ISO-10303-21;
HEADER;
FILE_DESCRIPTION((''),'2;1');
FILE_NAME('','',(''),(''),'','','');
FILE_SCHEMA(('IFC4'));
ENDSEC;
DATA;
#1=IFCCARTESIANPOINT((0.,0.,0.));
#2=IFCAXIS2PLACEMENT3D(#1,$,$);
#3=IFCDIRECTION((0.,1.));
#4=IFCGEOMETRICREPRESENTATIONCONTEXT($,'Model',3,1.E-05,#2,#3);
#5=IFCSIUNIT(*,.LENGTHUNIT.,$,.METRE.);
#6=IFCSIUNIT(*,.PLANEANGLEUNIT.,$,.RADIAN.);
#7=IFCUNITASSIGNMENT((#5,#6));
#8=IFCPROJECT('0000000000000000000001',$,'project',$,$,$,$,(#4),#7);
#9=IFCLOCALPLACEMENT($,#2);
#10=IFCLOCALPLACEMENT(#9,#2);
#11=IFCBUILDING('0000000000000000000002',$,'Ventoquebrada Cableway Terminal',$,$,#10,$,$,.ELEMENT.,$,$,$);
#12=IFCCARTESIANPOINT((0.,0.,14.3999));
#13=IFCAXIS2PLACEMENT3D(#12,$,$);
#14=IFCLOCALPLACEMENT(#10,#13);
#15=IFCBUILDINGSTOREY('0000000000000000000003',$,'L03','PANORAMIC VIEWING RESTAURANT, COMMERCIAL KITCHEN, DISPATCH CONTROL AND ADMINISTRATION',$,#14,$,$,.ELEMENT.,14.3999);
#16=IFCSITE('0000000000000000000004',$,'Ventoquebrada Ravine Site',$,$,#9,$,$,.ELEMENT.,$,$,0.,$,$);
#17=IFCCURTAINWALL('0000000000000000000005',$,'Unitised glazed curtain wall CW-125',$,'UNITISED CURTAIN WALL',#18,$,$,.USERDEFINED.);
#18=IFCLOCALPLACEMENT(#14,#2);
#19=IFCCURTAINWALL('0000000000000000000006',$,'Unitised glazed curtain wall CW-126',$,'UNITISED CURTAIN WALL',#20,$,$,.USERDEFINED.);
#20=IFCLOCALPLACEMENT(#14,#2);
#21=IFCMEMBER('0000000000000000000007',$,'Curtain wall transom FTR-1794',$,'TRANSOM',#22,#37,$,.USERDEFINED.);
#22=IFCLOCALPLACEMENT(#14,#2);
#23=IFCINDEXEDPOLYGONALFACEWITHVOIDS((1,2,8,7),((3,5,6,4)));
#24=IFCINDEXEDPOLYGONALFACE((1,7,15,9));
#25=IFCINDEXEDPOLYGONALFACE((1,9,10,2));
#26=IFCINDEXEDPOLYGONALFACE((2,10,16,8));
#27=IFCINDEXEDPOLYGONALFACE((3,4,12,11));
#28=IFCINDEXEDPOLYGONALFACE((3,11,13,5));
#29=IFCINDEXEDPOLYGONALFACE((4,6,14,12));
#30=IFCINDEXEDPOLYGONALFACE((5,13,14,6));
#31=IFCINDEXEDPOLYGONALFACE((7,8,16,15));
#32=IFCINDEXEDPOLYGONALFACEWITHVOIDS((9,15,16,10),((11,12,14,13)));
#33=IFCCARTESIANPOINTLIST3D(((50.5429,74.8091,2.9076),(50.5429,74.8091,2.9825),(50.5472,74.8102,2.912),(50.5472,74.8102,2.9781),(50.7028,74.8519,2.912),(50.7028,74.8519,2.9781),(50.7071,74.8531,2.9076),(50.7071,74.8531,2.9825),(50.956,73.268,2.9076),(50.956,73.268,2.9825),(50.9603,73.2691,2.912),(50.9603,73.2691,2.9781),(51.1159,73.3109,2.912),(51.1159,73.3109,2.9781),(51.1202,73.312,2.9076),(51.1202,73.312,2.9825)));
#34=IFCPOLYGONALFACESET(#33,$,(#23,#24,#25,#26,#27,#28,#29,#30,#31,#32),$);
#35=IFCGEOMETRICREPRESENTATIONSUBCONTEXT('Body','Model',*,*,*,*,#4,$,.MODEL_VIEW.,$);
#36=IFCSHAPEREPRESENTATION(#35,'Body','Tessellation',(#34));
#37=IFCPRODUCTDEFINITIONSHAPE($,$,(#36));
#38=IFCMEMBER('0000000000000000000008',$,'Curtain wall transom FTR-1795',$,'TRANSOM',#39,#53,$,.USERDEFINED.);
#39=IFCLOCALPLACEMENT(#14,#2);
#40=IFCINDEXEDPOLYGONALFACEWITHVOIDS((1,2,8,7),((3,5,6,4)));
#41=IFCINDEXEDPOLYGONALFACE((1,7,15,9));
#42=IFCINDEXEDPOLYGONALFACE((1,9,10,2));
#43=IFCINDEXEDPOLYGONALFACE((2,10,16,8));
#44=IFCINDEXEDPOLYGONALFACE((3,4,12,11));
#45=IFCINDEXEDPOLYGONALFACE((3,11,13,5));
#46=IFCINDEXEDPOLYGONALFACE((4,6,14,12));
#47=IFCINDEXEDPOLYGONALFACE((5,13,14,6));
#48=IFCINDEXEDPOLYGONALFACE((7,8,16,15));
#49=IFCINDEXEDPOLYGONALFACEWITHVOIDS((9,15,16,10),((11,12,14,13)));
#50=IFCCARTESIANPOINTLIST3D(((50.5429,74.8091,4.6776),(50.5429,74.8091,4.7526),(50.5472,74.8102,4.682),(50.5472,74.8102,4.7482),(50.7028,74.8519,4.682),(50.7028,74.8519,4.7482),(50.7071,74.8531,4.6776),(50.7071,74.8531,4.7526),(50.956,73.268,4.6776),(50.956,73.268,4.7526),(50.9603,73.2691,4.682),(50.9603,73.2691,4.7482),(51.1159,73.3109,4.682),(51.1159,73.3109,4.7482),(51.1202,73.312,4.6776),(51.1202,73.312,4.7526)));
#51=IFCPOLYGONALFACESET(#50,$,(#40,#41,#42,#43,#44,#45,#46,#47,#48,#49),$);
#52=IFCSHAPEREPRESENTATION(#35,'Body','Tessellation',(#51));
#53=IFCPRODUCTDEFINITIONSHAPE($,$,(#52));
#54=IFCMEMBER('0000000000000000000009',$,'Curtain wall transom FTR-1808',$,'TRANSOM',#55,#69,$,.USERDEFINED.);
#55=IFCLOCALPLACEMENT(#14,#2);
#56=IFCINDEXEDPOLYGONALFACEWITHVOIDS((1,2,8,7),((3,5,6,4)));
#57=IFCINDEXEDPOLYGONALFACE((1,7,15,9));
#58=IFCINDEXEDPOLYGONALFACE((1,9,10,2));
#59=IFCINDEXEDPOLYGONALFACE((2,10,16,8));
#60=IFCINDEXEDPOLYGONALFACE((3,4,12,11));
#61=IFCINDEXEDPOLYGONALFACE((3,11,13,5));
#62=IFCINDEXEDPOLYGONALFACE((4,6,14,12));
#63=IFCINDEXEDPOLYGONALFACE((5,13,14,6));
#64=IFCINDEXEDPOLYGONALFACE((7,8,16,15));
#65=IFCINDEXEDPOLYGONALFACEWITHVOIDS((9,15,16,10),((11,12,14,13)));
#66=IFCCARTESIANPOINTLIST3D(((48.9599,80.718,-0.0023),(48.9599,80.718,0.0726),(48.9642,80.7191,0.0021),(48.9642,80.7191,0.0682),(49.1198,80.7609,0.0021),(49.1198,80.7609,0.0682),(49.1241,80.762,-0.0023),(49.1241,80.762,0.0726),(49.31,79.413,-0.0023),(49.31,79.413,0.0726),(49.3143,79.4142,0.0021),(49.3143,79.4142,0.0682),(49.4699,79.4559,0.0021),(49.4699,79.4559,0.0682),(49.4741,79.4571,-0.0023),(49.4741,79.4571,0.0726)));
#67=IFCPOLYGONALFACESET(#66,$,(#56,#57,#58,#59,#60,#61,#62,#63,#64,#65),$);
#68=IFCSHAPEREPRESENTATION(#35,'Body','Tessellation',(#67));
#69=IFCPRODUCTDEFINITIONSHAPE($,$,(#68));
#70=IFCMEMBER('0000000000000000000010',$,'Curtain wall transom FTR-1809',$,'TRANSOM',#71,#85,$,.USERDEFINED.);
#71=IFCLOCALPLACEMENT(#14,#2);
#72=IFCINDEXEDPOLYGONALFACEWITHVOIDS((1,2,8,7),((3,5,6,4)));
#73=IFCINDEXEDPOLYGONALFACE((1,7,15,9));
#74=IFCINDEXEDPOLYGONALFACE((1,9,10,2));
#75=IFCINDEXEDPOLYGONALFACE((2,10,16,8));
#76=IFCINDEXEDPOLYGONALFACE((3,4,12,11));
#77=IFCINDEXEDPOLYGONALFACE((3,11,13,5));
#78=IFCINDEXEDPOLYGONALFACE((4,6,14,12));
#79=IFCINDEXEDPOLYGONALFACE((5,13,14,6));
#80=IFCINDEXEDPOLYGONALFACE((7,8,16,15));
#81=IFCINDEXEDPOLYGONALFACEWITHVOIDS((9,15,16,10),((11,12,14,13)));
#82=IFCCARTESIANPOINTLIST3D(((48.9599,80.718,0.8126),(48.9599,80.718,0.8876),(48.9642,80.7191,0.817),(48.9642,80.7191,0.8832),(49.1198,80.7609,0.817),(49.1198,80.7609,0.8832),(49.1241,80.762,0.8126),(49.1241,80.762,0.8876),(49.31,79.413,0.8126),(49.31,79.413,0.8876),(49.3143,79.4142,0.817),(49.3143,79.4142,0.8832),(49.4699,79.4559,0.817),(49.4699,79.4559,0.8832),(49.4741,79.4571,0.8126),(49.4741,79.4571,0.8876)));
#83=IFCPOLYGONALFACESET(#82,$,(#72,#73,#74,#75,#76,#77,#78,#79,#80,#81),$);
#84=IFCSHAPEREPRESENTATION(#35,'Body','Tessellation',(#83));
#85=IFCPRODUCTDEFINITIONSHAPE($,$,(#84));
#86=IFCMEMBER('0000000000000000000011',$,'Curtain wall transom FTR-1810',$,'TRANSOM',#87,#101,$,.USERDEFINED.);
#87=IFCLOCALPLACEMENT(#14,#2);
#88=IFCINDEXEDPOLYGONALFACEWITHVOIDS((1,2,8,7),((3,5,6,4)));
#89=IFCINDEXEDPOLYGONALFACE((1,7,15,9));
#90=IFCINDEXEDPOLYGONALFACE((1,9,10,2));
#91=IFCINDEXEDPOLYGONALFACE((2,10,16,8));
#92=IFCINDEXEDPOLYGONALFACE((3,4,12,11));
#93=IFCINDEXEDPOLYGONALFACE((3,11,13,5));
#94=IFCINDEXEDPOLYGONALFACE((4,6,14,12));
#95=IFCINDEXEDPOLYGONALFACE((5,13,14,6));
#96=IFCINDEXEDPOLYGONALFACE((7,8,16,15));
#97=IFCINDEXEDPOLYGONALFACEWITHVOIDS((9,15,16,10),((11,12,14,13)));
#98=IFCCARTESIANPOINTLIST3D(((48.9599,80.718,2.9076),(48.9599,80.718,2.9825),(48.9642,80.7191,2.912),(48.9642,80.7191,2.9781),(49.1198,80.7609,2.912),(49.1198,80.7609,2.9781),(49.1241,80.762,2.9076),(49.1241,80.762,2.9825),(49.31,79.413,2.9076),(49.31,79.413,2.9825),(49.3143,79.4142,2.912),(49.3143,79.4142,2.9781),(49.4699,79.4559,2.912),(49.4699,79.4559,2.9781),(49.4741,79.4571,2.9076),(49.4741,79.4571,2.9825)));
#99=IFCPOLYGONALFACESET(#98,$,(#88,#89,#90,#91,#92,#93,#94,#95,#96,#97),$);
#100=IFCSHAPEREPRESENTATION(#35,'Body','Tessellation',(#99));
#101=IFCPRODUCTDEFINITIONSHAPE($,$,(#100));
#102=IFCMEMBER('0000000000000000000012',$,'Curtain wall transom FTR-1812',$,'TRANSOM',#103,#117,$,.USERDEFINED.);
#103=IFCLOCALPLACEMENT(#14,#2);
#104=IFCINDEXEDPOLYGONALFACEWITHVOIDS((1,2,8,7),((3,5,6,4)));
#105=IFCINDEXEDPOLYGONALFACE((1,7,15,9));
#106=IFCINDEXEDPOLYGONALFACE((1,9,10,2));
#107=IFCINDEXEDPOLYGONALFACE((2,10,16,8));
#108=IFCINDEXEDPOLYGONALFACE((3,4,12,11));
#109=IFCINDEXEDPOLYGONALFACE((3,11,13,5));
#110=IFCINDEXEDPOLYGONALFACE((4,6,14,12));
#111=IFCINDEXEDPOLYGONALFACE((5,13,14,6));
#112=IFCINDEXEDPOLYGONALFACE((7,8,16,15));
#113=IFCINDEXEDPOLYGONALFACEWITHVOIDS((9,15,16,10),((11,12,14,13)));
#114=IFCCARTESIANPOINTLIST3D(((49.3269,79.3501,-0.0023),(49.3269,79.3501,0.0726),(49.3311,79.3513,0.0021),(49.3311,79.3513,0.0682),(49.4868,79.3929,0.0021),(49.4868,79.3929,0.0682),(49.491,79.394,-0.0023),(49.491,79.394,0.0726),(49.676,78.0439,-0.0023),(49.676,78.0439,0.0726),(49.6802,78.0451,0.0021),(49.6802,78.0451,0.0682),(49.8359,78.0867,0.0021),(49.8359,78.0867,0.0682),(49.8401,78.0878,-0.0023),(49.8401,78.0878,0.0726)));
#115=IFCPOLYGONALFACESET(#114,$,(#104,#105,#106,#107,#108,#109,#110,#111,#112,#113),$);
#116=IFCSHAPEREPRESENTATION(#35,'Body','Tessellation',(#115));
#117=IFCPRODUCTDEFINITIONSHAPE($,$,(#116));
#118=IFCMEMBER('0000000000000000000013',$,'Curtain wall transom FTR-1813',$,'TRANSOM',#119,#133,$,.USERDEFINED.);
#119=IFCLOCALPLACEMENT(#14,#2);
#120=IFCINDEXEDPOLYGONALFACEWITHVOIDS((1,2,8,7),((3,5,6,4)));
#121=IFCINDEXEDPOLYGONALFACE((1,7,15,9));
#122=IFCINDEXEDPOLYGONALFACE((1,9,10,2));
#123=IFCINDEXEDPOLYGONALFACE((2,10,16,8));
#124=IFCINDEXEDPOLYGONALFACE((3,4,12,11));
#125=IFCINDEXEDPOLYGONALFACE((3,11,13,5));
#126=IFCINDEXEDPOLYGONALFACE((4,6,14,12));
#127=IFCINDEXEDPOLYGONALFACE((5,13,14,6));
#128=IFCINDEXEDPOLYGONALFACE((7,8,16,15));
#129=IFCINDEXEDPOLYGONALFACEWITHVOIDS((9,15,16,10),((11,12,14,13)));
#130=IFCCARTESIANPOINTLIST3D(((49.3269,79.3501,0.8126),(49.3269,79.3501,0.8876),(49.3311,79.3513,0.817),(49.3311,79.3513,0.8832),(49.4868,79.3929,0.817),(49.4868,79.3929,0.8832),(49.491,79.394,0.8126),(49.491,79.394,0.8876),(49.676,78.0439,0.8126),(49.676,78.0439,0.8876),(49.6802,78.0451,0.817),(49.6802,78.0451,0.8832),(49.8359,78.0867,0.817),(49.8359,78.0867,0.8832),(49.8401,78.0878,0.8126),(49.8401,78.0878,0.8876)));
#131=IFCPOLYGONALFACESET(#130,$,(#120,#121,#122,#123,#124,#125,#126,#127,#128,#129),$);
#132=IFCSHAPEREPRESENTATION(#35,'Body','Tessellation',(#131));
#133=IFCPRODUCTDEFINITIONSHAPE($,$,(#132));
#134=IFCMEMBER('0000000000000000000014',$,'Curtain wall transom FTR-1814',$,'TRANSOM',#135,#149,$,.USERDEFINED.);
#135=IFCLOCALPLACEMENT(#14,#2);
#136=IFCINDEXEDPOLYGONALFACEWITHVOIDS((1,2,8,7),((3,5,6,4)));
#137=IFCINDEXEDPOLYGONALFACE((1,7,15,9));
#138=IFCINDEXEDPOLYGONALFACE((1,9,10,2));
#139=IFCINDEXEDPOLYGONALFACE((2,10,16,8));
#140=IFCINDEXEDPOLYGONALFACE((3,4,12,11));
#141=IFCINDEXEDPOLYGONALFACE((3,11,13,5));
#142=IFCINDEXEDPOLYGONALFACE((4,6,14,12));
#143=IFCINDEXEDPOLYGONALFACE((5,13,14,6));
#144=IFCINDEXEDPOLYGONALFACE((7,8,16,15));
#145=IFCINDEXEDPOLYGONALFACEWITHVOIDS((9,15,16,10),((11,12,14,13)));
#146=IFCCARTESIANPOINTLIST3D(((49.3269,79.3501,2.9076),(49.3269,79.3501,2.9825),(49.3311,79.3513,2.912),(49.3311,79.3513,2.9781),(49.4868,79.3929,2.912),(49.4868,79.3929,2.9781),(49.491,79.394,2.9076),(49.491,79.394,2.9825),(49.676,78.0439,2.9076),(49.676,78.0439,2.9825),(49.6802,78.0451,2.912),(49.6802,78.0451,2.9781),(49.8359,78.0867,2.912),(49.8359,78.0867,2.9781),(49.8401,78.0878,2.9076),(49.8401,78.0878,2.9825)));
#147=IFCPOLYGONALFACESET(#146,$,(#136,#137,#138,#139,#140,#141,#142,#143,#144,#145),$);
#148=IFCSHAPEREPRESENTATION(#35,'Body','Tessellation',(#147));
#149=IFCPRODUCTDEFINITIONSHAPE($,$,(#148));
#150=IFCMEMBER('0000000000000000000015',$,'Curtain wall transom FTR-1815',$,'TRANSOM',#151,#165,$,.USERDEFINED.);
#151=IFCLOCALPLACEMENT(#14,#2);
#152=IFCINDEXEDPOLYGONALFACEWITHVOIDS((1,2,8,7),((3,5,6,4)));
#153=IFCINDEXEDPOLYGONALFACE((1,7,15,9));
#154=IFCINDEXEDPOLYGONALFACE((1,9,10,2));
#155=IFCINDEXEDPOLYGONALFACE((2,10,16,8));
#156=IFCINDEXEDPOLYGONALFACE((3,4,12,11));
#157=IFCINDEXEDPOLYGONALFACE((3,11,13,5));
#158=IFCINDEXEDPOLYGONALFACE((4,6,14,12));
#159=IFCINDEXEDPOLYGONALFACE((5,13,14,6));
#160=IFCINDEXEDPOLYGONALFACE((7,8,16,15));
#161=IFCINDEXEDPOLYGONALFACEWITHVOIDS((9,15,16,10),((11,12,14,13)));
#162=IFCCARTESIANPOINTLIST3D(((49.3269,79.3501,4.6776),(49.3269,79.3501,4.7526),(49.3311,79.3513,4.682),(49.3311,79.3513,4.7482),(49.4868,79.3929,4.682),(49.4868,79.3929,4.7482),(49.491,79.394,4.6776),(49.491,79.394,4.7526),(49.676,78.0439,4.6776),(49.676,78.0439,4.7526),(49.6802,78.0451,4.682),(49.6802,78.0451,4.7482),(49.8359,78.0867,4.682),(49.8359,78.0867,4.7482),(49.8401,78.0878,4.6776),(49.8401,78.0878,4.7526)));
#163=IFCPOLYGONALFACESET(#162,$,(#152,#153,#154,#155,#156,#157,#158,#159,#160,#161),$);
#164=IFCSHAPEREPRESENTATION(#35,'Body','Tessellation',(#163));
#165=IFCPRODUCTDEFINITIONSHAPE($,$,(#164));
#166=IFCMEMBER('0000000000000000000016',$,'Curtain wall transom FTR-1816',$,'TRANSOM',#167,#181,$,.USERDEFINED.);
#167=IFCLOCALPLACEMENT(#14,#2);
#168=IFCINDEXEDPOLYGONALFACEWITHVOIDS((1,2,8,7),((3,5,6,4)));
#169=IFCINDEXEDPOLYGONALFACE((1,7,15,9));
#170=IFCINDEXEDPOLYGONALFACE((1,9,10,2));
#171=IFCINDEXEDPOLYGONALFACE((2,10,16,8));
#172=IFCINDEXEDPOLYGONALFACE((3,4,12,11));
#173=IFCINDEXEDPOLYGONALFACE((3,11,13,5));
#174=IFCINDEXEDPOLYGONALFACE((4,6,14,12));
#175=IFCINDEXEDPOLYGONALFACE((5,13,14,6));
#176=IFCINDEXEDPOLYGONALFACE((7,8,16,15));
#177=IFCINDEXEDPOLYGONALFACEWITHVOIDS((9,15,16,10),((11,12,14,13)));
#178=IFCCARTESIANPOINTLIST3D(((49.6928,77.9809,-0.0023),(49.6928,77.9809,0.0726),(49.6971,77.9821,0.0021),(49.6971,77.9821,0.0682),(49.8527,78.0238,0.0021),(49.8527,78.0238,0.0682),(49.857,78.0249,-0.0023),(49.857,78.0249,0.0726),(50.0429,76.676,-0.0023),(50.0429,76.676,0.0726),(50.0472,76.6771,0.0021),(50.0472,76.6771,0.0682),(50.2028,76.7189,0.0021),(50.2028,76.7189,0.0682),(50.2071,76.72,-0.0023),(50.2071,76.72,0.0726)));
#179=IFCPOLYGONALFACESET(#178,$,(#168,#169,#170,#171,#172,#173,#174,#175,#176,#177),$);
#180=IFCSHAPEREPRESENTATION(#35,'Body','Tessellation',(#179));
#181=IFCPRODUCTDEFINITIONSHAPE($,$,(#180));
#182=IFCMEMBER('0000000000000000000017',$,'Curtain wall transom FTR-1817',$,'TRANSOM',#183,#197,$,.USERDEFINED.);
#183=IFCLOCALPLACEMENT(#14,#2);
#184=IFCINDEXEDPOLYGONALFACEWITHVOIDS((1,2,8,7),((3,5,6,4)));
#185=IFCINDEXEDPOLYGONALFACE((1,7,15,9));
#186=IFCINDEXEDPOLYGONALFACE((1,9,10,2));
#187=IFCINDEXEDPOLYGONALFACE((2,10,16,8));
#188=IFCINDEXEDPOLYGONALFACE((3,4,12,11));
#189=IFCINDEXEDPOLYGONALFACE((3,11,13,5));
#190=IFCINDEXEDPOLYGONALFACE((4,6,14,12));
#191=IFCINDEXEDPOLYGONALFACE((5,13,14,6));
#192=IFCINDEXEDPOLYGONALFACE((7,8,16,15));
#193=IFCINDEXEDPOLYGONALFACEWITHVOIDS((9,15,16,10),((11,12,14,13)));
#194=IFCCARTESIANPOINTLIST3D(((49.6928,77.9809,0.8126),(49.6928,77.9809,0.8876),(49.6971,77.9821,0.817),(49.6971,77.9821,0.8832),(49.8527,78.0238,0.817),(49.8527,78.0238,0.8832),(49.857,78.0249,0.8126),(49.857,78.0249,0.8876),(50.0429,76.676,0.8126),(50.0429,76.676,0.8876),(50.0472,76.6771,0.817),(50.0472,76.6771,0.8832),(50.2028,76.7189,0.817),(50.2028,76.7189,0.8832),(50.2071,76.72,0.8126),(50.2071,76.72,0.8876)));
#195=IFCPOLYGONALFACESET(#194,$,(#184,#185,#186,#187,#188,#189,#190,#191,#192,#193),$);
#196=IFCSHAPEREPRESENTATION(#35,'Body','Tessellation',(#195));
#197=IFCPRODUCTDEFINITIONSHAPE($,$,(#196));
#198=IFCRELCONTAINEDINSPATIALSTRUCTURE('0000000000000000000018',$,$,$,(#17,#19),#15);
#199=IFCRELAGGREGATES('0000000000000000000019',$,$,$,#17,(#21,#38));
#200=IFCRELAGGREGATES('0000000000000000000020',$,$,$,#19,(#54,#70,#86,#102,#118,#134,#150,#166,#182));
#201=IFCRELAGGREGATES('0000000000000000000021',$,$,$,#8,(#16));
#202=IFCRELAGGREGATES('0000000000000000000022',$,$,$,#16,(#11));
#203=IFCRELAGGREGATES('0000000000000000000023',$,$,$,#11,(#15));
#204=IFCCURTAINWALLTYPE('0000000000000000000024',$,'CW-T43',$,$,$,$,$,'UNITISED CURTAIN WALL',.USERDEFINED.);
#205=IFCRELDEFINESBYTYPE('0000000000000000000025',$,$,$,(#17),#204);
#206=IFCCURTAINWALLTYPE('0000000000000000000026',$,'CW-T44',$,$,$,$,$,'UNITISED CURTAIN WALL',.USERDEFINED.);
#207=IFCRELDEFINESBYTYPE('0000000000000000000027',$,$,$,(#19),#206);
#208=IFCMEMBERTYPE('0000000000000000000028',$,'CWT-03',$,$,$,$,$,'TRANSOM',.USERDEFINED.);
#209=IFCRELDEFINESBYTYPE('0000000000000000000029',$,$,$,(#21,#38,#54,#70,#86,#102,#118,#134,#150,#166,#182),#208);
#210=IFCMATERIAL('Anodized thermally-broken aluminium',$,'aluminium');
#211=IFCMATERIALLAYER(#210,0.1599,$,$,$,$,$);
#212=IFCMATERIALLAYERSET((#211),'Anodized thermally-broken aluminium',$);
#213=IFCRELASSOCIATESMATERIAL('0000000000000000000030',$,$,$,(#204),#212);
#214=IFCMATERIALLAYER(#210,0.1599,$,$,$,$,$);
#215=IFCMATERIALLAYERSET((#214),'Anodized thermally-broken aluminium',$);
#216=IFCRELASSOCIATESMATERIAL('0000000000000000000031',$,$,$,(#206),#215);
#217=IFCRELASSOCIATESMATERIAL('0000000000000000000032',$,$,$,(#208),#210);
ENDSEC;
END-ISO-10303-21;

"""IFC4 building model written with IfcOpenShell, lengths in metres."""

from ifc_helpers import new_model, si_unit, direction, frame, origin, origin_2d, place, context, subcontext, project, spatial, hollow_rectangle, extrude, material, layer, layer_set, material_profile, profile_set, type_object, element, aggregate, save


model = new_model("IFC4")

# Units and contexts
model_context = context("Model", 3, precision=1e-05, world=origin(), true_north=direction((0.0, 1.0)))
body_context = subcontext(model_context, "Body", "Model", "MODEL_VIEW")
ifc_project = project(units=[si_unit("LENGTHUNIT", "METRE"), si_unit("PLANEANGLEUNIT", "RADIAN")], contexts=[model_context])

# Site, building, storey
site_placement = place(None, origin())
site = spatial("IfcSite", under=ifc_project, at=site_placement, Name="Ventoquebrada Ravine Site", CompositionType="ELEMENT", RefElevation=0.0)
building_placement = place(site_placement, origin())
building = spatial("IfcBuilding", under=site, at=building_placement, Name="Ventoquebrada Cableway Terminal", CompositionType="ELEMENT")
storey_placement = place(building_placement, frame((0.0, 0.0, 14.3999)))
storey = spatial("IfcBuildingStorey", under=building, at=storey_placement, Name="L03", Description="PANORAMIC VIEWING RESTAURANT, COMMERCIAL KITCHEN, DISPATCH CONTROL AND ADMINISTRATION", CompositionType="ELEMENT", Elevation=14.3999)

# Curtain wall
ifc_material_1 = material(Name="Anodized thermally-broken aluminium", Category="aluminium")
ifc_layer_1 = layer(ifc_material_1, 0.1599)
ifc_layer_set_1 = layer_set([ifc_layer_1], Name="Anodized thermally-broken aluminium")
curtain_wall_type_1 = type_object("IfcCurtainWallType", Name="CW-T43", ElementType="UNITISED CURTAIN WALL", PredefinedType="USERDEFINED", material=ifc_layer_set_1)
curtain_wall_1_placement = place(storey_placement, origin())
curtain_wall_1 = element("IfcCurtainWall", 1, at=curtain_wall_1_placement, inside=storey, type_object=curtain_wall_type_1, Name="Unitised glazed curtain wall CW-125", ObjectType="UNITISED CURTAIN WALL", PredefinedType="USERDEFINED")

# Curtain wall
ifc_layer_2 = layer(ifc_material_1, 0.1599)
ifc_layer_set_2 = layer_set([ifc_layer_2], Name="Anodized thermally-broken aluminium")
curtain_wall_type_2 = type_object("IfcCurtainWallType", Name="CW-T44", ElementType="UNITISED CURTAIN WALL", PredefinedType="USERDEFINED", material=ifc_layer_set_2)
curtain_wall_2_placement = place(storey_placement, origin())
curtain_wall_2 = element("IfcCurtainWall", 2, at=curtain_wall_2_placement, inside=storey, type_object=curtain_wall_type_2, Name="Unitised glazed curtain wall CW-126", ObjectType="UNITISED CURTAIN WALL", PredefinedType="USERDEFINED")

# Members
ifc_material_profile_1 = material_profile(ifc_material_1, hollow_rectangle(XDim=0.075, YDim=0.1699, WallThickness=0.0044, at=origin_2d()), Name="CW-TRN-75X170")
ifc_profile_set_1 = profile_set([ifc_material_profile_1], Name="Anodized thermally-broken aluminium")
member_type_1 = type_object("IfcMemberType", Name="CWT-03", ElementType="TRANSOM", PredefinedType="USERDEFINED", material=ifc_profile_set_1)
member_1_placement = place(storey_placement, frame((50.625, 74.8311, 2.9451), z_axis=(0.25892, -0.965899, 0.0), x_axis=(0.0, 0.0, 1.0)))
member_1 = element("IfcMember", 3, at=member_1_placement, type_object=member_type_1, Name="Curtain wall transom FTR-1794", ObjectType="TRANSOM", PredefinedType="USERDEFINED", context=body_context, shape_type="SweptSolid", body=[
    extrude(hollow_rectangle(XDim=0.075, YDim=0.1699, WallThickness=0.0044, at=origin_2d()), origin(), (0.0, 0.0, 1.0), 1.5955),
])
member_2_placement = place(storey_placement, frame((50.625, 74.8311, 4.7151), z_axis=(0.25892, -0.965899, 0.0), x_axis=(0.0, 0.0, 1.0)))
member_2 = element("IfcMember", 4, at=member_2_placement, type_object=member_type_1, Name="Curtain wall transom FTR-1795", ObjectType="TRANSOM", PredefinedType="USERDEFINED", context=body_context, shape_type="SweptSolid", body=[
    extrude(hollow_rectangle(XDim=0.075, YDim=0.1699, WallThickness=0.0044, at=origin_2d()), origin(), (0.0, 0.0, 1.0), 1.5955),
])
member_3_placement = place(storey_placement, frame((49.042, 80.74, 0.0352), z_axis=(0.259124, -0.965844, 0.0), x_axis=(0.0, 0.0, 1.0)))
member_3 = element("IfcMember", 5, at=member_3_placement, type_object=member_type_1, Name="Curtain wall transom FTR-1808", ObjectType="TRANSOM", PredefinedType="USERDEFINED", context=body_context, shape_type="SweptSolid", body=[
    extrude(hollow_rectangle(XDim=0.075, YDim=0.1699, WallThickness=0.0044, at=origin_2d()), origin(), (0.0, 0.0, 1.0), 1.3511),
])
member_4_placement = place(storey_placement, frame((49.042, 80.74, 0.8501), z_axis=(0.259124, -0.965844, 0.0), x_axis=(0.0, 0.0, 1.0)))
member_4 = element("IfcMember", 6, at=member_4_placement, type_object=member_type_1, Name="Curtain wall transom FTR-1809", ObjectType="TRANSOM", PredefinedType="USERDEFINED", context=body_context, shape_type="SweptSolid", body=[
    extrude(hollow_rectangle(XDim=0.075, YDim=0.1699, WallThickness=0.0044, at=origin_2d()), origin(), (0.0, 0.0, 1.0), 1.3511),
])
member_5_placement = place(storey_placement, frame((49.042, 80.74, 2.9451), z_axis=(0.259124, -0.965844, 0.0), x_axis=(0.0, 0.0, 1.0)))
member_5 = element("IfcMember", 7, at=member_5_placement, type_object=member_type_1, Name="Curtain wall transom FTR-1810", ObjectType="TRANSOM", PredefinedType="USERDEFINED", context=body_context, shape_type="SweptSolid", body=[
    extrude(hollow_rectangle(XDim=0.075, YDim=0.1699, WallThickness=0.0044, at=origin_2d()), origin(), (0.0, 0.0, 1.0), 1.3511),
])
member_6_placement = place(storey_placement, frame((49.4089, 79.3721, 0.0352), z_axis=(0.258225, -0.966085, 0.0), x_axis=(0.0, 0.0, 1.0)))
member_6 = element("IfcMember", 8, at=member_6_placement, type_object=member_type_1, Name="Curtain wall transom FTR-1812", ObjectType="TRANSOM", PredefinedType="USERDEFINED", context=body_context, shape_type="SweptSolid", body=[
    extrude(hollow_rectangle(XDim=0.075, YDim=0.1699, WallThickness=0.0044, at=origin_2d()), origin(), (0.0, 0.0, 1.0), 1.3521),
])
member_7_placement = place(storey_placement, frame((49.4089, 79.3721, 0.8501), z_axis=(0.258225, -0.966085, 0.0), x_axis=(0.0, 0.0, 1.0)))
member_7 = element("IfcMember", 9, at=member_7_placement, type_object=member_type_1, Name="Curtain wall transom FTR-1813", ObjectType="TRANSOM", PredefinedType="USERDEFINED", context=body_context, shape_type="SweptSolid", body=[
    extrude(hollow_rectangle(XDim=0.075, YDim=0.1699, WallThickness=0.0044, at=origin_2d()), origin(), (0.0, 0.0, 1.0), 1.3521),
])
member_8_placement = place(storey_placement, frame((49.4089, 79.3721, 2.9451), z_axis=(0.258225, -0.966085, 0.0), x_axis=(0.0, 0.0, 1.0)))
member_8 = element("IfcMember", 10, at=member_8_placement, type_object=member_type_1, Name="Curtain wall transom FTR-1814", ObjectType="TRANSOM", PredefinedType="USERDEFINED", context=body_context, shape_type="SweptSolid", body=[
    extrude(hollow_rectangle(XDim=0.075, YDim=0.1699, WallThickness=0.0044, at=origin_2d()), origin(), (0.0, 0.0, 1.0), 1.3521),
])
member_9_placement = place(storey_placement, frame((49.4089, 79.3721, 4.7151), z_axis=(0.258225, -0.966085, 0.0), x_axis=(0.0, 0.0, 1.0)))
member_9 = element("IfcMember", 11, at=member_9_placement, type_object=member_type_1, Name="Curtain wall transom FTR-1815", ObjectType="TRANSOM", PredefinedType="USERDEFINED", context=body_context, shape_type="SweptSolid", body=[
    extrude(hollow_rectangle(XDim=0.075, YDim=0.1699, WallThickness=0.0044, at=origin_2d()), origin(), (0.0, 0.0, 1.0), 1.3521),
])
member_10_placement = place(storey_placement, frame((49.7749, 78.0029, 0.0352), z_axis=(0.259124, -0.965844, 0.0), x_axis=(0.0, 0.0, 1.0)))
member_10 = element("IfcMember", 12, at=member_10_placement, type_object=member_type_1, Name="Curtain wall transom FTR-1816", ObjectType="TRANSOM", PredefinedType="USERDEFINED", context=body_context, shape_type="SweptSolid", body=[
    extrude(hollow_rectangle(XDim=0.075, YDim=0.1699, WallThickness=0.0044, at=origin_2d()), origin(), (0.0, 0.0, 1.0), 1.3511),
])
member_11_placement = place(storey_placement, frame((49.7749, 78.0029, 0.8501), z_axis=(0.259124, -0.965844, 0.0), x_axis=(0.0, 0.0, 1.0)))
member_11 = element("IfcMember", 13, at=member_11_placement, type_object=member_type_1, Name="Curtain wall transom FTR-1817", ObjectType="TRANSOM", PredefinedType="USERDEFINED", context=body_context, shape_type="SweptSolid", body=[
    extrude(hollow_rectangle(XDim=0.075, YDim=0.1699, WallThickness=0.0044, at=origin_2d()), origin(), (0.0, 0.0, 1.0), 1.3511),
])

aggregate(curtain_wall_1, [member_1, member_2])
aggregate(curtain_wall_2, [member_3, member_4, member_5, member_6, member_7, member_8, member_9, member_10, member_11])

save(model, "model.ifc")
